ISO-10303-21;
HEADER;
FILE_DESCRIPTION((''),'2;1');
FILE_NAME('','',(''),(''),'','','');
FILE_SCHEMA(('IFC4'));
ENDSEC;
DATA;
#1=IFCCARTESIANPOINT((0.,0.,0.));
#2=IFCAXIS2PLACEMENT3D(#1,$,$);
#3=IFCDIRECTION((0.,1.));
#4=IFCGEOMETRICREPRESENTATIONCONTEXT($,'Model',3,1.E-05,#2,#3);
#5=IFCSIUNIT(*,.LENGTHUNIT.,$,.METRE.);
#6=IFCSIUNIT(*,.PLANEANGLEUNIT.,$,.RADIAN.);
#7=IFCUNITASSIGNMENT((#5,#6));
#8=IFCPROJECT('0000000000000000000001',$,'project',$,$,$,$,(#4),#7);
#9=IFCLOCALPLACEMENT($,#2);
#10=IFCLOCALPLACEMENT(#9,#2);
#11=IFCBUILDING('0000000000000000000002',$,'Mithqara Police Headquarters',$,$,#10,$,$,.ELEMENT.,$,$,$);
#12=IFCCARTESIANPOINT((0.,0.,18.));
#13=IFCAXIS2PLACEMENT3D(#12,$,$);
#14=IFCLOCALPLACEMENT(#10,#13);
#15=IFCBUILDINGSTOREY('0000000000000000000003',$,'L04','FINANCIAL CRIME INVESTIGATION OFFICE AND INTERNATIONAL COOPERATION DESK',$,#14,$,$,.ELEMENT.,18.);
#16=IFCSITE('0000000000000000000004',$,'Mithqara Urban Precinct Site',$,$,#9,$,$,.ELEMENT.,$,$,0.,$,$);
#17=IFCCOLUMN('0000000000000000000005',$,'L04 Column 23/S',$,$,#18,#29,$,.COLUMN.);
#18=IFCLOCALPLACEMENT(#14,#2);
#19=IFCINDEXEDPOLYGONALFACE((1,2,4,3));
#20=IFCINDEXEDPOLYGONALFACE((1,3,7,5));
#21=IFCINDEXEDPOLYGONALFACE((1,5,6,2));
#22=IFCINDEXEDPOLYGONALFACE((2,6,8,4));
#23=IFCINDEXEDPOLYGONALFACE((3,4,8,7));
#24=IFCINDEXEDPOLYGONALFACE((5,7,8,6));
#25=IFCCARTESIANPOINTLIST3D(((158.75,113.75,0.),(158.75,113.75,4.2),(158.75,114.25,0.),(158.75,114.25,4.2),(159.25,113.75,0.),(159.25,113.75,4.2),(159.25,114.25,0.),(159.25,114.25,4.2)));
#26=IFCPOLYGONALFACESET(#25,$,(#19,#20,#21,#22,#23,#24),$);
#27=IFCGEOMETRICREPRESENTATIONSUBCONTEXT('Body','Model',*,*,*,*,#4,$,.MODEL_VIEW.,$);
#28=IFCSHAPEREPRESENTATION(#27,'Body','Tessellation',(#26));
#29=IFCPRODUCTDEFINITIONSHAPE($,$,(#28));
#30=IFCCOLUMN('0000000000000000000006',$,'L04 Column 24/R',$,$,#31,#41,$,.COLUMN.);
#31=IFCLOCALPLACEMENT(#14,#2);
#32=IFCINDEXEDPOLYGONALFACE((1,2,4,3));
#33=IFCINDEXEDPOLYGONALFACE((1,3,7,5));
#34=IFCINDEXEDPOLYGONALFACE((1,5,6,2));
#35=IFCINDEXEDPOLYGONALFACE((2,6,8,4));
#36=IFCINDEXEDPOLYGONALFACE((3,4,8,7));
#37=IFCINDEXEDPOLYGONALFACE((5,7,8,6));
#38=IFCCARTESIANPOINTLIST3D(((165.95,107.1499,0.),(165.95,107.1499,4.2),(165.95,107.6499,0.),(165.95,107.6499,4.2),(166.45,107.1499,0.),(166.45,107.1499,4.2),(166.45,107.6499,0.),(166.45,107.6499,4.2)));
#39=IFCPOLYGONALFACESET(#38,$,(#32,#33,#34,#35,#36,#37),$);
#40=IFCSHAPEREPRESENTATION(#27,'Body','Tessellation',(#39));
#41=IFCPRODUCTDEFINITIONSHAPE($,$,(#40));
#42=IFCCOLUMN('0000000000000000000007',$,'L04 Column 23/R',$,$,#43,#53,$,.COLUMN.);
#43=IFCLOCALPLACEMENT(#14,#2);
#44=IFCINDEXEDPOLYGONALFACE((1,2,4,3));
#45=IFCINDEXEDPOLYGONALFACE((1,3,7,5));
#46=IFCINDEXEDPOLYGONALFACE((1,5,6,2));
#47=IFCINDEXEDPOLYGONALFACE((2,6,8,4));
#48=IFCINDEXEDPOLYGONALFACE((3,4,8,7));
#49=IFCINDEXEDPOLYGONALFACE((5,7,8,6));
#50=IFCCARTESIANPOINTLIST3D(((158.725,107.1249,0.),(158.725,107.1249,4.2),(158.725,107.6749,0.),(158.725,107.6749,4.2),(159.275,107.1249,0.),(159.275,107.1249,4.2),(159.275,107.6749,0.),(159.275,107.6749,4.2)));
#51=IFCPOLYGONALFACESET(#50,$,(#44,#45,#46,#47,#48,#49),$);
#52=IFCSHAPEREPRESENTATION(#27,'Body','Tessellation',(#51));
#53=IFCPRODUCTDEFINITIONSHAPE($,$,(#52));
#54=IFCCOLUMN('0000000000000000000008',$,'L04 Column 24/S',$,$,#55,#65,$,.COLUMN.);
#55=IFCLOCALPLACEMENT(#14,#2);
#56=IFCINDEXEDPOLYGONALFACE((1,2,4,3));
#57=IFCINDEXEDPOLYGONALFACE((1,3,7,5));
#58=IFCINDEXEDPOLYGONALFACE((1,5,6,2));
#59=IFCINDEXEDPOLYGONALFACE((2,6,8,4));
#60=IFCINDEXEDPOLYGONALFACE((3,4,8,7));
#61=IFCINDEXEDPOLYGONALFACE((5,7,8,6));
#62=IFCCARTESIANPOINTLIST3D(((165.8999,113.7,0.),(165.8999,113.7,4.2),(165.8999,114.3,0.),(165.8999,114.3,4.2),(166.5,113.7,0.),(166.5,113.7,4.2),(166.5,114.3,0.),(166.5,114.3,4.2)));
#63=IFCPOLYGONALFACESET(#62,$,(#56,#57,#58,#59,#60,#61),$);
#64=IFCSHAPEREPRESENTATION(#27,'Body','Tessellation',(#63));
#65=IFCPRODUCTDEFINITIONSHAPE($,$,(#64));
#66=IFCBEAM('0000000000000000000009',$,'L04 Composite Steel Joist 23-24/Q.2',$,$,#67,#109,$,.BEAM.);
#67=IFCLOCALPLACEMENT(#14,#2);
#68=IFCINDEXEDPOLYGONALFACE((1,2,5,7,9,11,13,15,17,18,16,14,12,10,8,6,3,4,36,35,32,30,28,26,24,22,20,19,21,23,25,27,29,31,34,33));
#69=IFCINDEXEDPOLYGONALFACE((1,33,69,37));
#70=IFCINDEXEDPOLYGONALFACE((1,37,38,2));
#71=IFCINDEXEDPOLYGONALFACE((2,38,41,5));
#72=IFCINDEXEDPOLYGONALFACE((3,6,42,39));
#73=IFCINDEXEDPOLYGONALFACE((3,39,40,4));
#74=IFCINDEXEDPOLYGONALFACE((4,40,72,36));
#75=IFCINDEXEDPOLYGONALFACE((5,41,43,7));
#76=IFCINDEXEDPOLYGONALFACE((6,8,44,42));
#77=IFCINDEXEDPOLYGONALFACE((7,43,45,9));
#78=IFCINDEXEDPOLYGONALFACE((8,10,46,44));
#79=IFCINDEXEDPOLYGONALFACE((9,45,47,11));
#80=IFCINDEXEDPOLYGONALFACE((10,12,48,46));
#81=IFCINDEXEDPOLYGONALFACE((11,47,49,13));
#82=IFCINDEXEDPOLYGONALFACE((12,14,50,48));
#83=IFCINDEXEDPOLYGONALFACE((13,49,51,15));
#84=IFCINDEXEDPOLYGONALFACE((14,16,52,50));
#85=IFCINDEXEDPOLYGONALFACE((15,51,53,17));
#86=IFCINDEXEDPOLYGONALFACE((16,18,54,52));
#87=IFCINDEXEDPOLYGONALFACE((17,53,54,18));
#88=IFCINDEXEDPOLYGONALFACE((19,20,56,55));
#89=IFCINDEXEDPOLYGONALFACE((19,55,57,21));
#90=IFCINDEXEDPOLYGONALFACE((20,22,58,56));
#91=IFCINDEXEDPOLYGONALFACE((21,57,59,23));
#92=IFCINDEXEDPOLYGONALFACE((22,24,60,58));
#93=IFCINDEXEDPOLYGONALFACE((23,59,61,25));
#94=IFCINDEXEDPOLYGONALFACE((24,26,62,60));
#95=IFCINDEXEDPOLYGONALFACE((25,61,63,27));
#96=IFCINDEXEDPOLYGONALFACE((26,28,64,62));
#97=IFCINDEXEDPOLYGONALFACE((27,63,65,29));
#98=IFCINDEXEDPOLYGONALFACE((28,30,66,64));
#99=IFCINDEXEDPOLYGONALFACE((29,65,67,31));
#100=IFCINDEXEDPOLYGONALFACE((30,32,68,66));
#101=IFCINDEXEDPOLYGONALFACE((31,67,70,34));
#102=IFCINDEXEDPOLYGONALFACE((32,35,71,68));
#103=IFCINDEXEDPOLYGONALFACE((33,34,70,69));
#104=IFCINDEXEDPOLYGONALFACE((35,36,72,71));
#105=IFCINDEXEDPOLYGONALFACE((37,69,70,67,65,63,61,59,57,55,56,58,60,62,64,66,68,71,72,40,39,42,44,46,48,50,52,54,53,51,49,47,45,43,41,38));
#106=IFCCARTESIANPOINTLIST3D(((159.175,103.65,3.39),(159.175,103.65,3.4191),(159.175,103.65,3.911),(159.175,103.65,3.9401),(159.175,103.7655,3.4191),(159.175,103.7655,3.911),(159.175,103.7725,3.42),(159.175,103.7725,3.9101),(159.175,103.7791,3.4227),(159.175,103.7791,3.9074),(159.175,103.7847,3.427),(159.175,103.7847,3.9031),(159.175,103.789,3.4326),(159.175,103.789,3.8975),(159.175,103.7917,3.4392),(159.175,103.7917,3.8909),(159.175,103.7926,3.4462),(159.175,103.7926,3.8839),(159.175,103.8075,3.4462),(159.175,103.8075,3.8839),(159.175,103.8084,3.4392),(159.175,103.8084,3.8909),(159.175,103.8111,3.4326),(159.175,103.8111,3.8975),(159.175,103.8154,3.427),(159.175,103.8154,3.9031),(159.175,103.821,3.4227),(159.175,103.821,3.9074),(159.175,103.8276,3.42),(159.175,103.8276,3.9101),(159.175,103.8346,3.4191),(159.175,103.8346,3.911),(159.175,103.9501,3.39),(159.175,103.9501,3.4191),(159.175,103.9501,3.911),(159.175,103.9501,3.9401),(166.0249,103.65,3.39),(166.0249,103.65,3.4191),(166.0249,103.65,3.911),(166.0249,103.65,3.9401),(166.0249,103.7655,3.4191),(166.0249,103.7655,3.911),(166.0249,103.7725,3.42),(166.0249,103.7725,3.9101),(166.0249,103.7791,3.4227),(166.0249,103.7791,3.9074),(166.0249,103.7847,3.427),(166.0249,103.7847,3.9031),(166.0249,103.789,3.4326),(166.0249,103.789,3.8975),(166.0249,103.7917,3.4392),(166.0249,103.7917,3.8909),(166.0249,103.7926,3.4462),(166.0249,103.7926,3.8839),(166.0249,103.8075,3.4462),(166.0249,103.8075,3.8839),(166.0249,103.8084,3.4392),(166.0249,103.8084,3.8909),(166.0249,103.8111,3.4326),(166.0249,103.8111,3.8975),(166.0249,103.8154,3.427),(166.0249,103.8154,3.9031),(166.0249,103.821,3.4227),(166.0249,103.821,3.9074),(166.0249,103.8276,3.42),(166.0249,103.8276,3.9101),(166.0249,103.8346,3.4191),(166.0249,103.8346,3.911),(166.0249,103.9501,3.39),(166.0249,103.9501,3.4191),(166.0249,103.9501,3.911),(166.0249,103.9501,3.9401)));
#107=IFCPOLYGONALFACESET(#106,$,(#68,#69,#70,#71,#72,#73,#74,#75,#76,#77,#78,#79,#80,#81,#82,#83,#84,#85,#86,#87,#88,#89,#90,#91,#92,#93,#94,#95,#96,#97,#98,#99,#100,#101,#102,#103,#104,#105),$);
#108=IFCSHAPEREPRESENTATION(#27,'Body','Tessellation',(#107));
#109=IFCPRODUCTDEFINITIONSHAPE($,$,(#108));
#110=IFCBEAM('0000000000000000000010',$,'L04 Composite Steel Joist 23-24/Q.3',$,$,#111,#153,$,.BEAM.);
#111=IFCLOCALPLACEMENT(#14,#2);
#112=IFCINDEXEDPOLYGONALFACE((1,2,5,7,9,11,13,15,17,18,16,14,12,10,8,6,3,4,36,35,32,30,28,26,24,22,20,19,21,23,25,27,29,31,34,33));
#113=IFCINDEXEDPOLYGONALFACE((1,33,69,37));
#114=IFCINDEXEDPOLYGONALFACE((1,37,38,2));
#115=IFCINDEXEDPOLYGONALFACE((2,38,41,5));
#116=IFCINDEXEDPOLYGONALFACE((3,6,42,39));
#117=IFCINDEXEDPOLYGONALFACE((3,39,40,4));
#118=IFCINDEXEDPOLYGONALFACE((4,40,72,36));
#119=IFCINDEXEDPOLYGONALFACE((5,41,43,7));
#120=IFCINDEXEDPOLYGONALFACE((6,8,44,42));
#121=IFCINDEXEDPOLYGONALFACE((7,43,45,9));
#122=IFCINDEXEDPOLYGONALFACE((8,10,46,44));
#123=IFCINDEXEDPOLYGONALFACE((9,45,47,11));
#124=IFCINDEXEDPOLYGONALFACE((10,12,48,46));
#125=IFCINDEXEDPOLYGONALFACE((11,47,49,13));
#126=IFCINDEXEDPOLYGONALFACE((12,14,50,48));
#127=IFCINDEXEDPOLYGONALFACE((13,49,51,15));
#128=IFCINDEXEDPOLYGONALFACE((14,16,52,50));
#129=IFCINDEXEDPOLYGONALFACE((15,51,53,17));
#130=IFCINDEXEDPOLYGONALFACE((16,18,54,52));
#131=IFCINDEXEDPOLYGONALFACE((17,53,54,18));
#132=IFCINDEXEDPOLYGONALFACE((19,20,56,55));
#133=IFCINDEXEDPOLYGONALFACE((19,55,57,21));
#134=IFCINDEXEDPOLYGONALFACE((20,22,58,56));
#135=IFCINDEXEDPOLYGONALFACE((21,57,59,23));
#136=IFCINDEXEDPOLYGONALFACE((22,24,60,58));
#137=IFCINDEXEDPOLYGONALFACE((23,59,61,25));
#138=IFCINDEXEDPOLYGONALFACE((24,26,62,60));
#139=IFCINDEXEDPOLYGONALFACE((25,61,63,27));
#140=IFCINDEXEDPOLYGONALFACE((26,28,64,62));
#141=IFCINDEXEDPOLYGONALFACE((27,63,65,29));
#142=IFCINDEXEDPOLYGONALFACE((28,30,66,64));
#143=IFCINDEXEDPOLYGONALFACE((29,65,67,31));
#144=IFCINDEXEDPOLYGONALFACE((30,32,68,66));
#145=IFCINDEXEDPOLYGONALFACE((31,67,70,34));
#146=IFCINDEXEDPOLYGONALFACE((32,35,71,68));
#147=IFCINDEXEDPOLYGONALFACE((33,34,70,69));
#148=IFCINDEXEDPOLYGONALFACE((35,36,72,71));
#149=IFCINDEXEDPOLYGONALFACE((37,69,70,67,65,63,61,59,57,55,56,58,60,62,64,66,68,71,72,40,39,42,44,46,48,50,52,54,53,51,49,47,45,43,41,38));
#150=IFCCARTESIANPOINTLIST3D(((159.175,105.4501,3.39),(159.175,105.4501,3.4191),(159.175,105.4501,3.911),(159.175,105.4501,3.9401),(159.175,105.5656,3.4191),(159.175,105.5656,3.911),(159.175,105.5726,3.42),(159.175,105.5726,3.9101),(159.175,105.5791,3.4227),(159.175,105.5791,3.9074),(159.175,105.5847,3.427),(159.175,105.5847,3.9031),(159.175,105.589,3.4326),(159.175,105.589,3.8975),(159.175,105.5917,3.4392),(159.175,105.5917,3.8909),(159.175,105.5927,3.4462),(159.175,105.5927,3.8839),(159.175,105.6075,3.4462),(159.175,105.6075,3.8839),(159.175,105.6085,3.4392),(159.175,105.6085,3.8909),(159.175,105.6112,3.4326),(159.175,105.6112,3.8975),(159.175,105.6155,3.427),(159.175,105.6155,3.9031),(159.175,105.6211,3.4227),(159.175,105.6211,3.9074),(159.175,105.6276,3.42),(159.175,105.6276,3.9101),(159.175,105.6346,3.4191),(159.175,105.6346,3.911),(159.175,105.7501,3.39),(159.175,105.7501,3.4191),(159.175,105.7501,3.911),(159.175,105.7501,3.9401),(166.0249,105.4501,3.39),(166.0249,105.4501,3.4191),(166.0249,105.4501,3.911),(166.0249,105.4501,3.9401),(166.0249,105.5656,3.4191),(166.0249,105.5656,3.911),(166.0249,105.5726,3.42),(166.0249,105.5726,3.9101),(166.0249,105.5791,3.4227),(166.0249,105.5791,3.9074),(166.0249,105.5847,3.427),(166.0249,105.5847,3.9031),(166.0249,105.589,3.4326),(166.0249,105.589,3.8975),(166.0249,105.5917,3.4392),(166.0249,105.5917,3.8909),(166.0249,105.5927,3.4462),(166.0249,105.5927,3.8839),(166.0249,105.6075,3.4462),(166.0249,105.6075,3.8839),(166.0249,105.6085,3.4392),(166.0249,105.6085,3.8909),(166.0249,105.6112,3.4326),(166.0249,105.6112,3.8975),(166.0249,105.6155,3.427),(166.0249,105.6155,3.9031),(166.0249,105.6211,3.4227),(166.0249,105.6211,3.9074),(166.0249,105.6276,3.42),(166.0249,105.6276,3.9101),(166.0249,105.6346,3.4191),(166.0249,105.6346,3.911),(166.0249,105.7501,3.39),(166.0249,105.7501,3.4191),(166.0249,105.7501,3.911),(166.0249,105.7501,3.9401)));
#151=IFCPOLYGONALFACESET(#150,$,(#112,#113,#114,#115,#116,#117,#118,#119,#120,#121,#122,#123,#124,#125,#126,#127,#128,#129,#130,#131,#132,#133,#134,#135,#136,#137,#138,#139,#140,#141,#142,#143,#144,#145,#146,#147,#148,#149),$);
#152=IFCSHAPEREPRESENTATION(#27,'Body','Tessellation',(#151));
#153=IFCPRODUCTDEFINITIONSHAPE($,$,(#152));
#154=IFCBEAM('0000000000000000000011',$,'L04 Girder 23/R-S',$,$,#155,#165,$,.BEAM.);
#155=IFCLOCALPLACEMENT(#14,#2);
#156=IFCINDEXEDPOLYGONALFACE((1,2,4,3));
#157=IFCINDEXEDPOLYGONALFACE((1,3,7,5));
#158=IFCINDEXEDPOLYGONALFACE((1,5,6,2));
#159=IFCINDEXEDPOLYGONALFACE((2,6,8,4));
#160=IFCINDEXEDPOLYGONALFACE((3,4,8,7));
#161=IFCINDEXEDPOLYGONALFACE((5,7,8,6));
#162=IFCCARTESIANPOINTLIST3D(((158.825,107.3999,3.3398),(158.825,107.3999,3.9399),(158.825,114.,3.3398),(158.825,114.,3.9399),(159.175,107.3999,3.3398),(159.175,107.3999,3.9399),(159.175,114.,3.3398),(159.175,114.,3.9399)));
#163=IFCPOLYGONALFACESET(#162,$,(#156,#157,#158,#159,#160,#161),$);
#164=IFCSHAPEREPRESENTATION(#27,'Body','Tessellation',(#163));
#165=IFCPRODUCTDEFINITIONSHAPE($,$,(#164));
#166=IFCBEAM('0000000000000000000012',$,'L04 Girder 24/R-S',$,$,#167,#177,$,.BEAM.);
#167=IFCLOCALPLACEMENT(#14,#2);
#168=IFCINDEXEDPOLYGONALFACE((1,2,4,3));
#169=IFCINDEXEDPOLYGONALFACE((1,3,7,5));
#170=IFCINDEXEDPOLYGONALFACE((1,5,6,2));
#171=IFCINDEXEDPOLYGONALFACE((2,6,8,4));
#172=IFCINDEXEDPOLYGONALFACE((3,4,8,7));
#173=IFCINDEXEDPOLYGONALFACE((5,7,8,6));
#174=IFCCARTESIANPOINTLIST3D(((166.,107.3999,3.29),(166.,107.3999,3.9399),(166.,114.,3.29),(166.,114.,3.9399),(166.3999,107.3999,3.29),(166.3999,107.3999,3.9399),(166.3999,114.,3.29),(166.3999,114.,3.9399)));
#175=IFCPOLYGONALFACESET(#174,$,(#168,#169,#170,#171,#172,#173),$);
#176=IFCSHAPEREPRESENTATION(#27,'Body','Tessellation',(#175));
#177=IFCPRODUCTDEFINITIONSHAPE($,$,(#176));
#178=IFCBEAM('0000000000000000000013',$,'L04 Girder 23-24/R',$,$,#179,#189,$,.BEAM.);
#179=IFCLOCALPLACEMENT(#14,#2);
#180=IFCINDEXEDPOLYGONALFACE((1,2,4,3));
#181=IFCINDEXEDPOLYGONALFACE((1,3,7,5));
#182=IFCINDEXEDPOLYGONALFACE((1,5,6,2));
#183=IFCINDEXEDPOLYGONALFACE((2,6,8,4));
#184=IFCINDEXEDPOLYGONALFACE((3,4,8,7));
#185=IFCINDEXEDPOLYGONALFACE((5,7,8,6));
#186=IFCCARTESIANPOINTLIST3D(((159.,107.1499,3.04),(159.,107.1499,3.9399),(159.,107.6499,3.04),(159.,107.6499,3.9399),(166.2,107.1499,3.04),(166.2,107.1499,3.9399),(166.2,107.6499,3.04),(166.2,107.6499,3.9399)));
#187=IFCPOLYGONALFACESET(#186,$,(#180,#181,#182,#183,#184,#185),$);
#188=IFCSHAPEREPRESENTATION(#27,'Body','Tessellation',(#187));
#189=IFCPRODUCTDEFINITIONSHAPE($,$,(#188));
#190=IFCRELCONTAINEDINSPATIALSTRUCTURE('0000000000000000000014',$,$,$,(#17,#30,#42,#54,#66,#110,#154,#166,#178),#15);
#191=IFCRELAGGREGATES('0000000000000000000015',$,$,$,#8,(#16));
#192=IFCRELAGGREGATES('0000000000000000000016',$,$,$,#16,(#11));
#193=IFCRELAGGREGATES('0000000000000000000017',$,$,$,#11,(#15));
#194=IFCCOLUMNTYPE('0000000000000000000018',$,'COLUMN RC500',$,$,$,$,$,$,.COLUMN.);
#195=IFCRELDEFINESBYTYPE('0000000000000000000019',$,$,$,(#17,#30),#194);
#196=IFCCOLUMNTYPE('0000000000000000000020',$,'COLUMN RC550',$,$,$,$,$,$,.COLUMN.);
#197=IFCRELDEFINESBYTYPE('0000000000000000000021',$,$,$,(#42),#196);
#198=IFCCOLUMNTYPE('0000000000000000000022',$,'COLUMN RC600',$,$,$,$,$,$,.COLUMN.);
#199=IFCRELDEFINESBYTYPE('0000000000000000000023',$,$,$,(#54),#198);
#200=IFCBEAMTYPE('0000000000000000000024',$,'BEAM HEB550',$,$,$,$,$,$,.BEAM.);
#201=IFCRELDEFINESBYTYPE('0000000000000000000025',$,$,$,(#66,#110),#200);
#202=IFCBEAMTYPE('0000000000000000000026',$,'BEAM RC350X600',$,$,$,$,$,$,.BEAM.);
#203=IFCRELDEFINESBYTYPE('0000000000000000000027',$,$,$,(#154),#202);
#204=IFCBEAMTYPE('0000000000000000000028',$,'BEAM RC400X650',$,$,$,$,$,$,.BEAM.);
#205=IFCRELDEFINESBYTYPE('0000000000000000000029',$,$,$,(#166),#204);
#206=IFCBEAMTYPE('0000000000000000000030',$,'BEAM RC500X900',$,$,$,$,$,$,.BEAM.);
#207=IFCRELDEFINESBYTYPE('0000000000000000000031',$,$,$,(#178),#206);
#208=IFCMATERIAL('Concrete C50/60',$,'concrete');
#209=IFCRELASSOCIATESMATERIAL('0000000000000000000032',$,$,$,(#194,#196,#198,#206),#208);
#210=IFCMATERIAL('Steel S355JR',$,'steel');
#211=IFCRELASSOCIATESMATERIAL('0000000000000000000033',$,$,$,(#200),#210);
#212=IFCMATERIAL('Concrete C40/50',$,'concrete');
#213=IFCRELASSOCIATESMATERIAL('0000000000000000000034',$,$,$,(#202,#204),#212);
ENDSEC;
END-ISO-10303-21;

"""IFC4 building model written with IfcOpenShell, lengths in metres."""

from ifc_helpers import new_model, si_unit, direction, frame, origin, origin_2d, place, context, subcontext, project, spatial, rectangle, i_section, extrude, material, material_profile, profile_set, type_object, element, save


model = new_model("IFC4")

# Units and contexts
model_context = context("Model", 3, precision=1e-05, world=origin(), true_north=direction((0.0, 1.0)))
body_context = subcontext(model_context, "Body", "Model", "MODEL_VIEW")
ifc_project = project(units=[si_unit("LENGTHUNIT", "METRE"), si_unit("PLANEANGLEUNIT", "RADIAN")], contexts=[model_context])

# Site, building, storey
site_placement = place(None, origin())
site = spatial("IfcSite", under=ifc_project, at=site_placement, Name="Mithqara Urban Precinct Site", CompositionType="ELEMENT", RefElevation=0.0)
building_placement = place(site_placement, origin())
building = spatial("IfcBuilding", under=site, at=building_placement, Name="Mithqara Police Headquarters", CompositionType="ELEMENT")
storey_placement = place(building_placement, frame((0.0, 0.0, 18.0)))
storey = spatial("IfcBuildingStorey", under=building, at=storey_placement, Name="L04", Description="FINANCIAL CRIME INVESTIGATION OFFICE AND INTERNATIONAL COOPERATION DESK", CompositionType="ELEMENT", Elevation=18.0)

# Columns
ifc_material_1 = material(Name="Concrete C50/60", Category="concrete")
ifc_material_profile_1 = material_profile(ifc_material_1, rectangle(XDim=0.5, YDim=0.5, at=origin_2d()), Name="RC 500x500")
ifc_profile_set_1 = profile_set([ifc_material_profile_1], Name="Concrete C50/60")
column_type_1 = type_object("IfcColumnType", Name="COLUMN RC500", PredefinedType="COLUMN", material=ifc_profile_set_1)
for number, where, z_axis, x_axis, name in (
    (1, (159.0, 114.0, 0.0), (0.0, 0.0, 1.0), (1.0, 0.0, 0.0), "L04 Column 23/S"),
    (2, (166.2, 107.3999, 0.0), (0.0, 0.0, 1.0), (1.0, 0.0, 0.0), "L04 Column 24/R"),
):
    element("IfcColumn", number, at=place(storey_placement, frame(where, z_axis=z_axis, x_axis=x_axis)), inside=storey, type_object=column_type_1, Name=name, PredefinedType="COLUMN", context=body_context, shape_type="SweptSolid", body=[
        extrude(rectangle(XDim=0.5, YDim=0.5, at=origin_2d()), origin(), (0.0, 0.0, 1.0), 4.2),
    ])
ifc_material_profile_2 = material_profile(ifc_material_1, rectangle(XDim=0.55, YDim=0.55, at=origin_2d()), Name="RC 550x550")
ifc_profile_set_2 = profile_set([ifc_material_profile_2], Name="Concrete C50/60")
column_type_2 = type_object("IfcColumnType", Name="COLUMN RC550", PredefinedType="COLUMN", material=ifc_profile_set_2)
column_1_placement = place(storey_placement, frame((159.0, 107.3999, 0.0), z_axis=(0.0, 0.0, 1.0), x_axis=(1.0, 0.0, 0.0)))
element("IfcColumn", 3, at=column_1_placement, inside=storey, type_object=column_type_2, Name="L04 Column 23/R", PredefinedType="COLUMN", context=body_context, shape_type="SweptSolid", body=[
    extrude(rectangle(XDim=0.55, YDim=0.55, at=origin_2d()), origin(), (0.0, 0.0, 1.0), 4.2),
])
ifc_material_profile_3 = material_profile(ifc_material_1, rectangle(XDim=0.6001, YDim=0.6001, at=origin_2d()), Name="RC 600x600")
ifc_profile_set_3 = profile_set([ifc_material_profile_3], Name="Concrete C50/60")
column_type_3 = type_object("IfcColumnType", Name="COLUMN RC600", PredefinedType="COLUMN", material=ifc_profile_set_3)
column_2_placement = place(storey_placement, frame((166.2, 114.0, 0.0), z_axis=(0.0, 0.0, 1.0), x_axis=(1.0, 0.0, 0.0)))
element("IfcColumn", 4, at=column_2_placement, inside=storey, type_object=column_type_3, Name="L04 Column 24/S", PredefinedType="COLUMN", context=body_context, shape_type="SweptSolid", body=[
    extrude(rectangle(XDim=0.6001, YDim=0.6001, at=origin_2d()), origin(), (0.0, 0.0, 1.0), 4.2),
])

# Beams
ifc_material_2 = material(Name="Steel S355JR", Category="steel")
ifc_material_profile_4 = material_profile(ifc_material_2, i_section(OverallWidth=0.3, OverallDepth=0.55, WebThickness=0.0149, FlangeThickness=0.0291, FilletRadius=0.0271, at=origin_2d()), Name="HEB 550")
ifc_profile_set_4 = profile_set([ifc_material_profile_4], Name="Steel S355JR")
beam_type_1 = type_object("IfcBeamType", Name="BEAM HEB550", PredefinedType="BEAM", material=ifc_profile_set_4)
for number, where, z_axis, x_axis, name in (
    (5, (159.175, 103.8, 3.665), (1.0, 0.0, 0.0), (0.0, 1.0, 0.0), "L04 Composite Steel Joist 23-24/Q.2"),
    (6, (159.175, 105.6001, 3.665), (1.0, 0.0, 0.0), (0.0, 1.0, 0.0), "L04 Composite Steel Joist 23-24/Q.3"),
):
    element("IfcBeam", number, at=place(storey_placement, frame(where, z_axis=z_axis, x_axis=x_axis)), inside=storey, type_object=beam_type_1, Name=name, PredefinedType="BEAM", context=body_context, shape_type="SweptSolid", body=[
        extrude(i_section(OverallWidth=0.3, OverallDepth=0.55, WebThickness=0.0149, FlangeThickness=0.0291, FilletRadius=0.0271, at=origin_2d()), origin(), (0.0, 0.0, 1.0), 6.8499),
    ])
ifc_material_3 = material(Name="Concrete C40/50", Category="concrete")
ifc_material_profile_5 = material_profile(ifc_material_3, rectangle(XDim=0.3501, YDim=0.6001, at=origin_2d()), Name="RC 350x600")
ifc_profile_set_5 = profile_set([ifc_material_profile_5], Name="Concrete C40/50")
beam_type_2 = type_object("IfcBeamType", Name="BEAM RC350X600", PredefinedType="BEAM", material=ifc_profile_set_5)
beam_1_placement = place(storey_placement, frame((159.0, 107.3999, 3.6399), z_axis=(0.0, 1.0, 0.0), x_axis=(-1.0, 0.0, 0.0)))
element("IfcBeam", 7, at=beam_1_placement, inside=storey, type_object=beam_type_2, Name="L04 Girder 23/R-S", PredefinedType="BEAM", context=body_context, shape_type="SweptSolid", body=[
    extrude(rectangle(XDim=0.3501, YDim=0.6001, at=origin_2d()), origin(), (0.0, 0.0, 1.0), 6.6001),
])
ifc_material_profile_6 = material_profile(ifc_material_3, rectangle(XDim=0.3999, YDim=0.6499, at=origin_2d()), Name="RC 400x650")
ifc_profile_set_6 = profile_set([ifc_material_profile_6], Name="Concrete C40/50")
beam_type_3 = type_object("IfcBeamType", Name="BEAM RC400X650", PredefinedType="BEAM", material=ifc_profile_set_6)
beam_2_placement = place(storey_placement, frame((166.2, 107.3999, 3.615), z_axis=(0.0, 1.0, 0.0), x_axis=(-1.0, 0.0, 0.0)))
element("IfcBeam", 8, at=beam_2_placement, inside=storey, type_object=beam_type_3, Name="L04 Girder 24/R-S", PredefinedType="BEAM", context=body_context, shape_type="SweptSolid", body=[
    extrude(rectangle(XDim=0.3999, YDim=0.6499, at=origin_2d()), origin(), (0.0, 0.0, 1.0), 6.6001),
])
ifc_material_profile_7 = material_profile(ifc_material_1, rectangle(XDim=0.5, YDim=0.8999, at=origin_2d()), Name="RC 500x900")
ifc_profile_set_7 = profile_set([ifc_material_profile_7], Name="Concrete C50/60")
beam_type_4 = type_object("IfcBeamType", Name="BEAM RC500X900", PredefinedType="BEAM", material=ifc_profile_set_7)
beam_3_placement = place(storey_placement, frame((159.0, 107.3999, 3.49), z_axis=(1.0, 0.0, 0.0), x_axis=(0.0, 1.0, 0.0)))
element("IfcBeam", 9, at=beam_3_placement, inside=storey, type_object=beam_type_4, Name="L04 Girder 23-24/R", PredefinedType="BEAM", context=body_context, shape_type="SweptSolid", body=[
    extrude(rectangle(XDim=0.5, YDim=0.8999, at=origin_2d()), origin(), (0.0, 0.0, 1.0), 7.2),
])

save(model, "model.ifc")
